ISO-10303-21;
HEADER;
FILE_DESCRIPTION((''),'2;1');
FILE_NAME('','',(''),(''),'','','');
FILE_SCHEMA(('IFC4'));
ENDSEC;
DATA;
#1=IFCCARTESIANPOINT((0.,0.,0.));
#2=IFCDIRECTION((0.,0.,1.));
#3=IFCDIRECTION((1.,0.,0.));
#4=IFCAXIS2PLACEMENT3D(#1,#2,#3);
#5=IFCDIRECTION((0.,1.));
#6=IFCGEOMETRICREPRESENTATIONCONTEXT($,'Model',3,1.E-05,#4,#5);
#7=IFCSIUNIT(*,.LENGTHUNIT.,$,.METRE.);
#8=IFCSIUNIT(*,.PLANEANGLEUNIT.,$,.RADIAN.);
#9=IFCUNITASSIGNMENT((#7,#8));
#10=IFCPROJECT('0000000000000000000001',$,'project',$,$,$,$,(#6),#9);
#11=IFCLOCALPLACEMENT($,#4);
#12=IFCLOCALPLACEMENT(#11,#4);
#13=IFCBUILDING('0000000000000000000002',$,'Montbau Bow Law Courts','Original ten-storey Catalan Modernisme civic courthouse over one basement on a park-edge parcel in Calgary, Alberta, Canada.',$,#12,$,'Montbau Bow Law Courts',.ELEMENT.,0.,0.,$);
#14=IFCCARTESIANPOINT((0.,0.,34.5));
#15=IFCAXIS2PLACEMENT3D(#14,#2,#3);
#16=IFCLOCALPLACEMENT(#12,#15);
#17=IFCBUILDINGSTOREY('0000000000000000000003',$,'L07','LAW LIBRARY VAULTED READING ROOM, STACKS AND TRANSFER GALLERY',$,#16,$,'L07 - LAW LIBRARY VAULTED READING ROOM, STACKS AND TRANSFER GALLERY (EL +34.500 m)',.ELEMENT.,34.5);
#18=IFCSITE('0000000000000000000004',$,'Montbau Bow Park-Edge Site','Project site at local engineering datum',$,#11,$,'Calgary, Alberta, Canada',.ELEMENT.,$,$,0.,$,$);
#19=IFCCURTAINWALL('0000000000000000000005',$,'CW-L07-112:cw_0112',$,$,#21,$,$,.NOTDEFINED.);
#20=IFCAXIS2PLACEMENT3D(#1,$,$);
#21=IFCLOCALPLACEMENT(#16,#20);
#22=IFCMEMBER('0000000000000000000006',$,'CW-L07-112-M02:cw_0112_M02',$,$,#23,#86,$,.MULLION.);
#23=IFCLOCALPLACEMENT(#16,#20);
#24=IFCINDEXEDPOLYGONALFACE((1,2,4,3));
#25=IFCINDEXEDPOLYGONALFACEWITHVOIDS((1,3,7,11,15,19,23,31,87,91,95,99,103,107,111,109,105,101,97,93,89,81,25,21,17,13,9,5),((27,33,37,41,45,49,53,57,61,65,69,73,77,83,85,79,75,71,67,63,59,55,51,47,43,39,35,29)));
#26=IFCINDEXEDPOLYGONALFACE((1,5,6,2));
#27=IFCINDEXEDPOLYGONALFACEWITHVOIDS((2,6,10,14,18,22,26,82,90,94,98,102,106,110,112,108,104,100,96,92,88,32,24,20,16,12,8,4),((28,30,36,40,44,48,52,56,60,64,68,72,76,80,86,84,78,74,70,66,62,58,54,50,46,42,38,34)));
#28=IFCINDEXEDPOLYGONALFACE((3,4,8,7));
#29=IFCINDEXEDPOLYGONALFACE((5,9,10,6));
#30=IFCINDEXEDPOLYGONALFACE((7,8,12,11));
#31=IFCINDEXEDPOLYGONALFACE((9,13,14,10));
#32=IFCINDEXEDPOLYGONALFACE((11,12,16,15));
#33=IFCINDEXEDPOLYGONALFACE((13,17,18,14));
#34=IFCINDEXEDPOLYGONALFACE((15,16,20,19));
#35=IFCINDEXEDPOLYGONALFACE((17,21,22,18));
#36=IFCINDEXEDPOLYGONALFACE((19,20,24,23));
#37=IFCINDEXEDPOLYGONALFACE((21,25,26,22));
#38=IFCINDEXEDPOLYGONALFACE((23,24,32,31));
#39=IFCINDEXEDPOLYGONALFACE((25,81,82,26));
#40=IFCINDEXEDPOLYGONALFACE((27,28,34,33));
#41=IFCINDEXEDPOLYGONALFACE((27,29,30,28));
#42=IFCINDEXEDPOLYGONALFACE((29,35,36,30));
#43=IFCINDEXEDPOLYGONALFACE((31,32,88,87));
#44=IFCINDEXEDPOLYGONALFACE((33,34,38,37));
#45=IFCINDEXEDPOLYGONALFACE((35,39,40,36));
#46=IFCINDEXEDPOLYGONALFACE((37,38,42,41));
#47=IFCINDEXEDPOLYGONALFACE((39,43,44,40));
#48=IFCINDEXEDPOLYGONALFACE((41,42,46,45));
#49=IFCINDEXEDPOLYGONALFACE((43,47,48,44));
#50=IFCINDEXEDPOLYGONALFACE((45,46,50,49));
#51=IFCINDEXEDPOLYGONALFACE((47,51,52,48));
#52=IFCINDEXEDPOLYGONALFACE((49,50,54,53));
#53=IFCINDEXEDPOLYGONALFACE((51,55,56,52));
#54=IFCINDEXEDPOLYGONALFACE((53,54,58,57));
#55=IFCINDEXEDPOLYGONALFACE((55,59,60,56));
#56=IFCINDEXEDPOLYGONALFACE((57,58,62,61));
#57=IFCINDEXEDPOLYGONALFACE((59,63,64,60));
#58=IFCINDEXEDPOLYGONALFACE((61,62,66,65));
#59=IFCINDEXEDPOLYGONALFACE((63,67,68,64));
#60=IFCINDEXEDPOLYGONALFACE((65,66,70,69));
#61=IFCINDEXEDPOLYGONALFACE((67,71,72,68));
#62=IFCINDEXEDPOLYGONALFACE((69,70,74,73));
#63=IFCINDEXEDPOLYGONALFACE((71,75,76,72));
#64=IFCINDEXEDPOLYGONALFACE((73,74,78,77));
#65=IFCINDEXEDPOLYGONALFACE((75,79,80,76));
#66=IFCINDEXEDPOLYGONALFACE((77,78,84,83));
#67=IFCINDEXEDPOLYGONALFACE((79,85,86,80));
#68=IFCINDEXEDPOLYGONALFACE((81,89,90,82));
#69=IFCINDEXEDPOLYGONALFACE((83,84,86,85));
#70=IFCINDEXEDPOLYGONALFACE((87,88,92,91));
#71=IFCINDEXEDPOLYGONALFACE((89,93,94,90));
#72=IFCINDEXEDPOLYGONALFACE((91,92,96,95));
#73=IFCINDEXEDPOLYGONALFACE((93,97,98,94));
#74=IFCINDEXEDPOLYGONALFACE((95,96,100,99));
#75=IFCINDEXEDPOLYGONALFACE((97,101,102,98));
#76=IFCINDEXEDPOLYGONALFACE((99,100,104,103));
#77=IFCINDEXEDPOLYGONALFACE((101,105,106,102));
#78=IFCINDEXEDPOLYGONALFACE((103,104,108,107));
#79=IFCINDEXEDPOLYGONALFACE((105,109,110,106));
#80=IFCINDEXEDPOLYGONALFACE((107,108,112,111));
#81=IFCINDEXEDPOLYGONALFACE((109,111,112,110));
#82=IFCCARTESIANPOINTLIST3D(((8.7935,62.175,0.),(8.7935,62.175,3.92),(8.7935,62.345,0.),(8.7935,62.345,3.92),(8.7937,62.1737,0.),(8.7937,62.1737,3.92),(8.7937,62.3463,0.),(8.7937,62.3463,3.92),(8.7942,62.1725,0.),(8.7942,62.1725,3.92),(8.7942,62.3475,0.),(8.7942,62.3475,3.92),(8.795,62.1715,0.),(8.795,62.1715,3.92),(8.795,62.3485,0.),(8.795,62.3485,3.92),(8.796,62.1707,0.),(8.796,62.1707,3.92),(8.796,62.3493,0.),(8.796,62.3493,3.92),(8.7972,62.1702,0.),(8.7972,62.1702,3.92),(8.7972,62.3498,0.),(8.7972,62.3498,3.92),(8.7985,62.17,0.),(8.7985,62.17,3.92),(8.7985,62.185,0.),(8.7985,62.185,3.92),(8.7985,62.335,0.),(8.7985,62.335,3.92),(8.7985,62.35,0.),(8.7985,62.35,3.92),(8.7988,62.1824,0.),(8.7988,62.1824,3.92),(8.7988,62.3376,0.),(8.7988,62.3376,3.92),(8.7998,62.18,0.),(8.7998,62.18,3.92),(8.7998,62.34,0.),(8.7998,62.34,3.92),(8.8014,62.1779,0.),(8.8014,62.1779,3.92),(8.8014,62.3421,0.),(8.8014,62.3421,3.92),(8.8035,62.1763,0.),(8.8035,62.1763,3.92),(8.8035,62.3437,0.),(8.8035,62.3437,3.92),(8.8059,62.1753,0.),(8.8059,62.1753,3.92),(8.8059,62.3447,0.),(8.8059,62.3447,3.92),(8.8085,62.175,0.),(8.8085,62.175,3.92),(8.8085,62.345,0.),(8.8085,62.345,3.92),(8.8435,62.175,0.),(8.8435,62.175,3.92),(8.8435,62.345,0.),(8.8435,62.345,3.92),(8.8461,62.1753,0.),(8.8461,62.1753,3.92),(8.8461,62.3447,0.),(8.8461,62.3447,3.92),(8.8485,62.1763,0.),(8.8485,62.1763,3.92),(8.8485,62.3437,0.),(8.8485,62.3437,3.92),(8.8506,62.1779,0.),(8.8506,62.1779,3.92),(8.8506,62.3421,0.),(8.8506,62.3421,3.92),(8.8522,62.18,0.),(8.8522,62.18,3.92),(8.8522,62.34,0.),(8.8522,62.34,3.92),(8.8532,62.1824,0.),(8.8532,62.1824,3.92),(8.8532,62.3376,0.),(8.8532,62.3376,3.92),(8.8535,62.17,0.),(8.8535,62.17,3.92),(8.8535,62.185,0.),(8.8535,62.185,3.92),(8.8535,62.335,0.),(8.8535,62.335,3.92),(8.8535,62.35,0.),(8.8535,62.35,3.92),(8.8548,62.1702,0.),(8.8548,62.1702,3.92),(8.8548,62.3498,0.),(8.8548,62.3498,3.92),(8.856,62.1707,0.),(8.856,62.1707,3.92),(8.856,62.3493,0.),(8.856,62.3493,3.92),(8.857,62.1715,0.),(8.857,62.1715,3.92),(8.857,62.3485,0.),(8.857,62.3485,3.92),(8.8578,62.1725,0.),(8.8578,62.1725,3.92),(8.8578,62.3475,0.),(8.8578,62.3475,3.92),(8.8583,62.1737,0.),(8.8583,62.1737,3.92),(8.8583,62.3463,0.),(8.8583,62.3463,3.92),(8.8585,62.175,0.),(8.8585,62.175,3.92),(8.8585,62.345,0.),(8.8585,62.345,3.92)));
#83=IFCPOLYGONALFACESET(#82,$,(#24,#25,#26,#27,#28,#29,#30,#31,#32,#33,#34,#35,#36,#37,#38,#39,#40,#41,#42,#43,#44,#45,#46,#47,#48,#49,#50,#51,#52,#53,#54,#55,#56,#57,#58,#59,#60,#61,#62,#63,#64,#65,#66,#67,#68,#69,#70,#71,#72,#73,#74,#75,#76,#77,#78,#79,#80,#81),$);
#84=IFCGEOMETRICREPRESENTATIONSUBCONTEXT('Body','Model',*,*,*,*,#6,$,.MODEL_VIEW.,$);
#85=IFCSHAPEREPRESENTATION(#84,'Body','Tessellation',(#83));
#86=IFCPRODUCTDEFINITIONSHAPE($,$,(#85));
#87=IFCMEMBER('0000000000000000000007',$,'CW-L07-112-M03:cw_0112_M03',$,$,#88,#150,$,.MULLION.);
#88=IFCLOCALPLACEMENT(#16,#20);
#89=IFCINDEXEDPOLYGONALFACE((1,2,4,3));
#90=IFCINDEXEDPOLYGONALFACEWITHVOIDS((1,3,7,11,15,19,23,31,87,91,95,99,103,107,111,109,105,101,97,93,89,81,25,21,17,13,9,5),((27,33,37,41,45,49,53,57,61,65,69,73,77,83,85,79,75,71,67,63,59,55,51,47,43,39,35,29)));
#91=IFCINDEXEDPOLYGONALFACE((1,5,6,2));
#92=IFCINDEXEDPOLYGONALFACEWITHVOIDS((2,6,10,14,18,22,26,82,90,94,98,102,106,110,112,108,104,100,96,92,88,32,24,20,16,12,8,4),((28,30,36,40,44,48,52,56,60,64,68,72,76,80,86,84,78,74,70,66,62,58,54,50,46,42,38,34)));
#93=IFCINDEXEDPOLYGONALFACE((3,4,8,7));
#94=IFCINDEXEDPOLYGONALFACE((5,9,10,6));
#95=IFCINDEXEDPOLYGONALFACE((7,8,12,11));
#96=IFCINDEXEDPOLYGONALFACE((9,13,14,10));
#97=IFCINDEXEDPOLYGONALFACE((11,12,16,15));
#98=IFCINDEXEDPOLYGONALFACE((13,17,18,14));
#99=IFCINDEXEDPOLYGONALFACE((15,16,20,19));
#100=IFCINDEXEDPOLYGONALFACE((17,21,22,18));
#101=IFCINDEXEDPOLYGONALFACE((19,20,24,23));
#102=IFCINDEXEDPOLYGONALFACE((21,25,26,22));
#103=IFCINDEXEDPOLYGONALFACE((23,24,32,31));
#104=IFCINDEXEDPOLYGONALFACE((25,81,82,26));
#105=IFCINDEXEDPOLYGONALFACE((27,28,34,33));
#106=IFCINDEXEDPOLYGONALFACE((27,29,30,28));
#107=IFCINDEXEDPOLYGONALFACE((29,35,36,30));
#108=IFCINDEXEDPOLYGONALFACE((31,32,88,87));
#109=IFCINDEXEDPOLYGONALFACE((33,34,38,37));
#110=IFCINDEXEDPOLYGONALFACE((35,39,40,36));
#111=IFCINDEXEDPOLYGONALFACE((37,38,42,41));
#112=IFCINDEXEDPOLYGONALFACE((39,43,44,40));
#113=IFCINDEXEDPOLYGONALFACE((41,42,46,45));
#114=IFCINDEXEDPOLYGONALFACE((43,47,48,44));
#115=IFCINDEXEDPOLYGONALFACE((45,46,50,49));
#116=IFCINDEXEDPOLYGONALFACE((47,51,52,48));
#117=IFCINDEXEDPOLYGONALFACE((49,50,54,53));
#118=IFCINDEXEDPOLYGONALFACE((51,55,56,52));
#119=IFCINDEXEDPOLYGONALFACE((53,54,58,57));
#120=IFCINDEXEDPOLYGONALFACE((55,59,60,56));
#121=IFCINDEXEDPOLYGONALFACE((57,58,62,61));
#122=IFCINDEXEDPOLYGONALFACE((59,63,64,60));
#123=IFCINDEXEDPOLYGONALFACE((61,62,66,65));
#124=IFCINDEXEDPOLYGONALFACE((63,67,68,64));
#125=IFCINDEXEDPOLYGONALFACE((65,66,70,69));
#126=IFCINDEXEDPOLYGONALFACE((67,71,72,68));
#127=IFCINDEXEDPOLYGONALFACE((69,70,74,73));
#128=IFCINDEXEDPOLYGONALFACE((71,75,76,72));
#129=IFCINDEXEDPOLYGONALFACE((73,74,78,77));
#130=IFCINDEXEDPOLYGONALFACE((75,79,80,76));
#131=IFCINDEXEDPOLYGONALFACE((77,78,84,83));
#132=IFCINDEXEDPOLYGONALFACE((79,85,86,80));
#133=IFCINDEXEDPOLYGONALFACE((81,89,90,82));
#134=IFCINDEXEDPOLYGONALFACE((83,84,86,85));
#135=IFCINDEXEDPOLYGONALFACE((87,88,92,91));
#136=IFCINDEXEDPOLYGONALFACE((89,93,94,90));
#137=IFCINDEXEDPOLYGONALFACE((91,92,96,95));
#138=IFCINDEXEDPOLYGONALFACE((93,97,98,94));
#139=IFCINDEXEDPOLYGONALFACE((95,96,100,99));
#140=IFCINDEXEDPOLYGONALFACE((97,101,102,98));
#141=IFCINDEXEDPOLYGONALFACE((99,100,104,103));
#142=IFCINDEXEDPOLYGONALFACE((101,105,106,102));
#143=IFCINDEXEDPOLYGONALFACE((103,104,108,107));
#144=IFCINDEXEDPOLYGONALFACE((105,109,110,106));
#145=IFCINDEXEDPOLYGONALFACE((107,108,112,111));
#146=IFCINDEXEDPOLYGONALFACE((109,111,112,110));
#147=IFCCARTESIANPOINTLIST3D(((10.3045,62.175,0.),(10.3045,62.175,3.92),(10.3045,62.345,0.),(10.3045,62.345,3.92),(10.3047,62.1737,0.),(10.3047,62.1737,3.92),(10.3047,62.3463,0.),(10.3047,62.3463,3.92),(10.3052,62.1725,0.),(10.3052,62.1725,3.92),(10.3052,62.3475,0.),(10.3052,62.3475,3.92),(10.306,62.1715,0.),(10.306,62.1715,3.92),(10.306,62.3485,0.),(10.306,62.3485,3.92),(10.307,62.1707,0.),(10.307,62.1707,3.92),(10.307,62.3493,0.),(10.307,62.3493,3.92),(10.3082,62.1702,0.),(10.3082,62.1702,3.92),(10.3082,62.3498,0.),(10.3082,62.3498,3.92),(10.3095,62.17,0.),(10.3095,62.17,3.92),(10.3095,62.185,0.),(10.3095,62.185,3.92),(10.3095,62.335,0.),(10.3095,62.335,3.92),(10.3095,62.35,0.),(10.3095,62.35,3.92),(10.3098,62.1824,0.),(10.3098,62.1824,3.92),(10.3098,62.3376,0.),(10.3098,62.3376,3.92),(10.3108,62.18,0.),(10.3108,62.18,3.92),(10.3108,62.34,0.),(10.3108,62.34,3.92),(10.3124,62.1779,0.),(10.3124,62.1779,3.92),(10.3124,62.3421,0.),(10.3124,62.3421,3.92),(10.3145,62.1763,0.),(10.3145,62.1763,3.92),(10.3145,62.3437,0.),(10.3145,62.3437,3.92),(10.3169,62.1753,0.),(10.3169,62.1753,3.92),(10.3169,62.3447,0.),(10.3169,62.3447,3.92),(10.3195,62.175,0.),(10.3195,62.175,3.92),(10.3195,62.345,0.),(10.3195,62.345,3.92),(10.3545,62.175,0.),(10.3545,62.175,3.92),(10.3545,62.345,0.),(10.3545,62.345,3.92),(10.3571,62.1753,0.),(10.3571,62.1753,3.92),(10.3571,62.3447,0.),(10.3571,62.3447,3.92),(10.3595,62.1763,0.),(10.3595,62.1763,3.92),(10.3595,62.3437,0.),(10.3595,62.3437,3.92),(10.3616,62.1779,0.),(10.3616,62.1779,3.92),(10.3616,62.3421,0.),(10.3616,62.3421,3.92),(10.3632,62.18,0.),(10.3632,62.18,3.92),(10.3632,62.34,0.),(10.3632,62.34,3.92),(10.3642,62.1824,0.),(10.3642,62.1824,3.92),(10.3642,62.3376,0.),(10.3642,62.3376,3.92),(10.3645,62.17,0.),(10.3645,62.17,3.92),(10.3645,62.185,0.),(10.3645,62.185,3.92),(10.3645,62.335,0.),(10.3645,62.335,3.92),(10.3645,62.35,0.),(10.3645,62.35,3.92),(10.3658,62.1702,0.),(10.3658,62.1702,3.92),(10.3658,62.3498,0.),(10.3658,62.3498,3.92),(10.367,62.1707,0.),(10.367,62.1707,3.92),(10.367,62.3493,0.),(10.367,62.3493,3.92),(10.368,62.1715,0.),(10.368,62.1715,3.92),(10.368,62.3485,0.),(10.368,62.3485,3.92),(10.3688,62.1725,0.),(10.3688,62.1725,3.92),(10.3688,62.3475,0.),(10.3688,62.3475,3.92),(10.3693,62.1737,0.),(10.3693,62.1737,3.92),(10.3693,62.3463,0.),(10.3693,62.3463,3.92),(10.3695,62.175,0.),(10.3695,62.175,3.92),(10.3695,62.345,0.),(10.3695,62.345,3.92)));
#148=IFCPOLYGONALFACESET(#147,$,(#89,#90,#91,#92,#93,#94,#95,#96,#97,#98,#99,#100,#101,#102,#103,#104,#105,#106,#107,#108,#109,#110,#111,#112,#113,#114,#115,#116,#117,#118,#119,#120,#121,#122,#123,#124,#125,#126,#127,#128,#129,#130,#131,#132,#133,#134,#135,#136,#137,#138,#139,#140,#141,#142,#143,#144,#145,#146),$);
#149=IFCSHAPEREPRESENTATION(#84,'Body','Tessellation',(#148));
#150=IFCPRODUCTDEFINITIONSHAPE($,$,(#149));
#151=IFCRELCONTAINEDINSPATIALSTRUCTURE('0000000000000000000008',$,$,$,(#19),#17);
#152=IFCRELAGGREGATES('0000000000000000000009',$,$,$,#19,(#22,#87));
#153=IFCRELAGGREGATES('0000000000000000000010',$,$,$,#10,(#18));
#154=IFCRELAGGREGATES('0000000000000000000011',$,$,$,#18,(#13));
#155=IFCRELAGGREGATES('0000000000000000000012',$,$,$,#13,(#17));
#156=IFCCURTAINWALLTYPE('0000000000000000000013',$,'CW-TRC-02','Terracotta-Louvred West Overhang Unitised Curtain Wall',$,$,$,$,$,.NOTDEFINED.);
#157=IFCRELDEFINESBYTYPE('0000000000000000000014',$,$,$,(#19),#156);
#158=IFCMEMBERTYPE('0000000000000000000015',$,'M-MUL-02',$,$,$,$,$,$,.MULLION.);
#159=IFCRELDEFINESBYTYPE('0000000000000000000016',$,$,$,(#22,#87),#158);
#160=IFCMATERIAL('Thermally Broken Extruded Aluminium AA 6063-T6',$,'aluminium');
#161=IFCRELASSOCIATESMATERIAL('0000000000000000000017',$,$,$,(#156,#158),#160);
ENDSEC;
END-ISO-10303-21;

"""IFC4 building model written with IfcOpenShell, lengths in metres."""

from ifc_helpers import new_model, si_unit, direction, frame, origin_with_axes, origin_2d_with_axis, place, context, subcontext, project, spatial, hollow_rectangle, extrude, material, material_profile, profile_set, type_object, element, aggregate, save


model = new_model("IFC4")

# Units and contexts
model_context = context("Model", 3, precision=1e-05, world=origin_with_axes(), true_north=direction((0.0, 1.0)))
body_context = subcontext(model_context, "Body", "Model", "MODEL_VIEW")
ifc_project = project(units=[si_unit("LENGTHUNIT", "METRE"), si_unit("PLANEANGLEUNIT", "RADIAN")], contexts=[model_context])

# Site, building, storey
site_placement = place(None, origin_with_axes())
site = spatial("IfcSite", under=ifc_project, at=site_placement, Name="Montbau Bow Park-Edge Site", Description="Project site at local engineering datum", LongName="Calgary, Alberta, Canada", CompositionType="ELEMENT", RefElevation=0.0)
building_placement = place(site_placement, origin_with_axes())
building = spatial("IfcBuilding", under=site, at=building_placement, Name="Montbau Bow Law Courts", Description="Original ten-storey Catalan Modernisme civic courthouse over one basement on a park-edge parcel in Calgary, Alberta, Canada.", LongName="Montbau Bow Law Courts", CompositionType="ELEMENT", ElevationOfRefHeight=0.0, ElevationOfTerrain=0.0)
storey_placement = place(building_placement, frame((0.0, 0.0, 34.5), z_axis=(0.0, 0.0, 1.0), x_axis=(1.0, 0.0, 0.0)))
storey = spatial("IfcBuildingStorey", under=building, at=storey_placement, Name="L07", Description="LAW LIBRARY VAULTED READING ROOM, STACKS AND TRANSFER GALLERY", LongName="L07 - LAW LIBRARY VAULTED READING ROOM, STACKS AND TRANSFER GALLERY (EL +34.500 m)", CompositionType="ELEMENT", Elevation=34.5)

# Curtain wall, members
ifc_material_1 = material(Name="Thermally Broken Extruded Aluminium AA 6063-T6", Category="aluminium")
curtain_wall_type = type_object("IfcCurtainWallType", Name="CW-TRC-02", Description="Terracotta-Louvred West Overhang Unitised Curtain Wall", PredefinedType="NOTDEFINED", material=ifc_material_1)
curtain_wall_placement = place(None, frame((7.315, 62.26, 34.5), z_axis=(0.0, 0.0, 1.0), x_axis=(1.0, 0.0, 0.0)))
curtain_wall = element("IfcCurtainWall", 1, at=curtain_wall_placement, inside=storey, type_object=curtain_wall_type, Name="CW-L07-112:cw_0112", PredefinedType="NOTDEFINED")
ifc_material_profile_1 = material_profile(ifc_material_1, hollow_rectangle(XDim=0.065, YDim=0.18, WallThickness=0.005, InnerFilletRadius=0.01, OuterFilletRadius=0.005, at=origin_2d_with_axis()), Name="CWM-180X65", Category="Main", Priority=0)
ifc_profile_set_1 = profile_set([ifc_material_profile_1], Name="Thermally Broken Extruded Aluminium AA 6063-T6")
member_type_1 = type_object("IfcMemberType", Name="M-MUL-02", PredefinedType="MULLION", material=ifc_profile_set_1)
member_1_placement = place(None, frame((8.826, 62.26, 34.5), z_axis=(0.0, 0.0, 1.0), x_axis=(1.0, 0.0, 0.0)))
member_1 = element("IfcMember", 2, at=member_1_placement, type_object=member_type_1, Name="CW-L07-112-M02:cw_0112_M02", PredefinedType="MULLION", context=body_context, shape_type="SweptSolid", body=[
    extrude(hollow_rectangle(XDim=0.065, YDim=0.18, WallThickness=0.005, InnerFilletRadius=0.01, OuterFilletRadius=0.005, at=origin_2d_with_axis()), origin_with_axes(), (0.0, 0.0, 1.0), 3.92),
])
member_2_placement = place(None, frame((10.337, 62.26, 34.5), z_axis=(0.0, 0.0, 1.0), x_axis=(1.0, 0.0, 0.0)))
member_2 = element("IfcMember", 3, at=member_2_placement, type_object=member_type_1, Name="CW-L07-112-M03:cw_0112_M03", PredefinedType="MULLION", context=body_context, shape_type="SweptSolid", body=[
    extrude(hollow_rectangle(XDim=0.065, YDim=0.18, WallThickness=0.005, InnerFilletRadius=0.01, OuterFilletRadius=0.005, at=origin_2d_with_axis()), origin_with_axes(), (0.0, 0.0, 1.0), 3.92),
])
aggregate(curtain_wall, [member_1, member_2])

save(model, "model.ifc")
